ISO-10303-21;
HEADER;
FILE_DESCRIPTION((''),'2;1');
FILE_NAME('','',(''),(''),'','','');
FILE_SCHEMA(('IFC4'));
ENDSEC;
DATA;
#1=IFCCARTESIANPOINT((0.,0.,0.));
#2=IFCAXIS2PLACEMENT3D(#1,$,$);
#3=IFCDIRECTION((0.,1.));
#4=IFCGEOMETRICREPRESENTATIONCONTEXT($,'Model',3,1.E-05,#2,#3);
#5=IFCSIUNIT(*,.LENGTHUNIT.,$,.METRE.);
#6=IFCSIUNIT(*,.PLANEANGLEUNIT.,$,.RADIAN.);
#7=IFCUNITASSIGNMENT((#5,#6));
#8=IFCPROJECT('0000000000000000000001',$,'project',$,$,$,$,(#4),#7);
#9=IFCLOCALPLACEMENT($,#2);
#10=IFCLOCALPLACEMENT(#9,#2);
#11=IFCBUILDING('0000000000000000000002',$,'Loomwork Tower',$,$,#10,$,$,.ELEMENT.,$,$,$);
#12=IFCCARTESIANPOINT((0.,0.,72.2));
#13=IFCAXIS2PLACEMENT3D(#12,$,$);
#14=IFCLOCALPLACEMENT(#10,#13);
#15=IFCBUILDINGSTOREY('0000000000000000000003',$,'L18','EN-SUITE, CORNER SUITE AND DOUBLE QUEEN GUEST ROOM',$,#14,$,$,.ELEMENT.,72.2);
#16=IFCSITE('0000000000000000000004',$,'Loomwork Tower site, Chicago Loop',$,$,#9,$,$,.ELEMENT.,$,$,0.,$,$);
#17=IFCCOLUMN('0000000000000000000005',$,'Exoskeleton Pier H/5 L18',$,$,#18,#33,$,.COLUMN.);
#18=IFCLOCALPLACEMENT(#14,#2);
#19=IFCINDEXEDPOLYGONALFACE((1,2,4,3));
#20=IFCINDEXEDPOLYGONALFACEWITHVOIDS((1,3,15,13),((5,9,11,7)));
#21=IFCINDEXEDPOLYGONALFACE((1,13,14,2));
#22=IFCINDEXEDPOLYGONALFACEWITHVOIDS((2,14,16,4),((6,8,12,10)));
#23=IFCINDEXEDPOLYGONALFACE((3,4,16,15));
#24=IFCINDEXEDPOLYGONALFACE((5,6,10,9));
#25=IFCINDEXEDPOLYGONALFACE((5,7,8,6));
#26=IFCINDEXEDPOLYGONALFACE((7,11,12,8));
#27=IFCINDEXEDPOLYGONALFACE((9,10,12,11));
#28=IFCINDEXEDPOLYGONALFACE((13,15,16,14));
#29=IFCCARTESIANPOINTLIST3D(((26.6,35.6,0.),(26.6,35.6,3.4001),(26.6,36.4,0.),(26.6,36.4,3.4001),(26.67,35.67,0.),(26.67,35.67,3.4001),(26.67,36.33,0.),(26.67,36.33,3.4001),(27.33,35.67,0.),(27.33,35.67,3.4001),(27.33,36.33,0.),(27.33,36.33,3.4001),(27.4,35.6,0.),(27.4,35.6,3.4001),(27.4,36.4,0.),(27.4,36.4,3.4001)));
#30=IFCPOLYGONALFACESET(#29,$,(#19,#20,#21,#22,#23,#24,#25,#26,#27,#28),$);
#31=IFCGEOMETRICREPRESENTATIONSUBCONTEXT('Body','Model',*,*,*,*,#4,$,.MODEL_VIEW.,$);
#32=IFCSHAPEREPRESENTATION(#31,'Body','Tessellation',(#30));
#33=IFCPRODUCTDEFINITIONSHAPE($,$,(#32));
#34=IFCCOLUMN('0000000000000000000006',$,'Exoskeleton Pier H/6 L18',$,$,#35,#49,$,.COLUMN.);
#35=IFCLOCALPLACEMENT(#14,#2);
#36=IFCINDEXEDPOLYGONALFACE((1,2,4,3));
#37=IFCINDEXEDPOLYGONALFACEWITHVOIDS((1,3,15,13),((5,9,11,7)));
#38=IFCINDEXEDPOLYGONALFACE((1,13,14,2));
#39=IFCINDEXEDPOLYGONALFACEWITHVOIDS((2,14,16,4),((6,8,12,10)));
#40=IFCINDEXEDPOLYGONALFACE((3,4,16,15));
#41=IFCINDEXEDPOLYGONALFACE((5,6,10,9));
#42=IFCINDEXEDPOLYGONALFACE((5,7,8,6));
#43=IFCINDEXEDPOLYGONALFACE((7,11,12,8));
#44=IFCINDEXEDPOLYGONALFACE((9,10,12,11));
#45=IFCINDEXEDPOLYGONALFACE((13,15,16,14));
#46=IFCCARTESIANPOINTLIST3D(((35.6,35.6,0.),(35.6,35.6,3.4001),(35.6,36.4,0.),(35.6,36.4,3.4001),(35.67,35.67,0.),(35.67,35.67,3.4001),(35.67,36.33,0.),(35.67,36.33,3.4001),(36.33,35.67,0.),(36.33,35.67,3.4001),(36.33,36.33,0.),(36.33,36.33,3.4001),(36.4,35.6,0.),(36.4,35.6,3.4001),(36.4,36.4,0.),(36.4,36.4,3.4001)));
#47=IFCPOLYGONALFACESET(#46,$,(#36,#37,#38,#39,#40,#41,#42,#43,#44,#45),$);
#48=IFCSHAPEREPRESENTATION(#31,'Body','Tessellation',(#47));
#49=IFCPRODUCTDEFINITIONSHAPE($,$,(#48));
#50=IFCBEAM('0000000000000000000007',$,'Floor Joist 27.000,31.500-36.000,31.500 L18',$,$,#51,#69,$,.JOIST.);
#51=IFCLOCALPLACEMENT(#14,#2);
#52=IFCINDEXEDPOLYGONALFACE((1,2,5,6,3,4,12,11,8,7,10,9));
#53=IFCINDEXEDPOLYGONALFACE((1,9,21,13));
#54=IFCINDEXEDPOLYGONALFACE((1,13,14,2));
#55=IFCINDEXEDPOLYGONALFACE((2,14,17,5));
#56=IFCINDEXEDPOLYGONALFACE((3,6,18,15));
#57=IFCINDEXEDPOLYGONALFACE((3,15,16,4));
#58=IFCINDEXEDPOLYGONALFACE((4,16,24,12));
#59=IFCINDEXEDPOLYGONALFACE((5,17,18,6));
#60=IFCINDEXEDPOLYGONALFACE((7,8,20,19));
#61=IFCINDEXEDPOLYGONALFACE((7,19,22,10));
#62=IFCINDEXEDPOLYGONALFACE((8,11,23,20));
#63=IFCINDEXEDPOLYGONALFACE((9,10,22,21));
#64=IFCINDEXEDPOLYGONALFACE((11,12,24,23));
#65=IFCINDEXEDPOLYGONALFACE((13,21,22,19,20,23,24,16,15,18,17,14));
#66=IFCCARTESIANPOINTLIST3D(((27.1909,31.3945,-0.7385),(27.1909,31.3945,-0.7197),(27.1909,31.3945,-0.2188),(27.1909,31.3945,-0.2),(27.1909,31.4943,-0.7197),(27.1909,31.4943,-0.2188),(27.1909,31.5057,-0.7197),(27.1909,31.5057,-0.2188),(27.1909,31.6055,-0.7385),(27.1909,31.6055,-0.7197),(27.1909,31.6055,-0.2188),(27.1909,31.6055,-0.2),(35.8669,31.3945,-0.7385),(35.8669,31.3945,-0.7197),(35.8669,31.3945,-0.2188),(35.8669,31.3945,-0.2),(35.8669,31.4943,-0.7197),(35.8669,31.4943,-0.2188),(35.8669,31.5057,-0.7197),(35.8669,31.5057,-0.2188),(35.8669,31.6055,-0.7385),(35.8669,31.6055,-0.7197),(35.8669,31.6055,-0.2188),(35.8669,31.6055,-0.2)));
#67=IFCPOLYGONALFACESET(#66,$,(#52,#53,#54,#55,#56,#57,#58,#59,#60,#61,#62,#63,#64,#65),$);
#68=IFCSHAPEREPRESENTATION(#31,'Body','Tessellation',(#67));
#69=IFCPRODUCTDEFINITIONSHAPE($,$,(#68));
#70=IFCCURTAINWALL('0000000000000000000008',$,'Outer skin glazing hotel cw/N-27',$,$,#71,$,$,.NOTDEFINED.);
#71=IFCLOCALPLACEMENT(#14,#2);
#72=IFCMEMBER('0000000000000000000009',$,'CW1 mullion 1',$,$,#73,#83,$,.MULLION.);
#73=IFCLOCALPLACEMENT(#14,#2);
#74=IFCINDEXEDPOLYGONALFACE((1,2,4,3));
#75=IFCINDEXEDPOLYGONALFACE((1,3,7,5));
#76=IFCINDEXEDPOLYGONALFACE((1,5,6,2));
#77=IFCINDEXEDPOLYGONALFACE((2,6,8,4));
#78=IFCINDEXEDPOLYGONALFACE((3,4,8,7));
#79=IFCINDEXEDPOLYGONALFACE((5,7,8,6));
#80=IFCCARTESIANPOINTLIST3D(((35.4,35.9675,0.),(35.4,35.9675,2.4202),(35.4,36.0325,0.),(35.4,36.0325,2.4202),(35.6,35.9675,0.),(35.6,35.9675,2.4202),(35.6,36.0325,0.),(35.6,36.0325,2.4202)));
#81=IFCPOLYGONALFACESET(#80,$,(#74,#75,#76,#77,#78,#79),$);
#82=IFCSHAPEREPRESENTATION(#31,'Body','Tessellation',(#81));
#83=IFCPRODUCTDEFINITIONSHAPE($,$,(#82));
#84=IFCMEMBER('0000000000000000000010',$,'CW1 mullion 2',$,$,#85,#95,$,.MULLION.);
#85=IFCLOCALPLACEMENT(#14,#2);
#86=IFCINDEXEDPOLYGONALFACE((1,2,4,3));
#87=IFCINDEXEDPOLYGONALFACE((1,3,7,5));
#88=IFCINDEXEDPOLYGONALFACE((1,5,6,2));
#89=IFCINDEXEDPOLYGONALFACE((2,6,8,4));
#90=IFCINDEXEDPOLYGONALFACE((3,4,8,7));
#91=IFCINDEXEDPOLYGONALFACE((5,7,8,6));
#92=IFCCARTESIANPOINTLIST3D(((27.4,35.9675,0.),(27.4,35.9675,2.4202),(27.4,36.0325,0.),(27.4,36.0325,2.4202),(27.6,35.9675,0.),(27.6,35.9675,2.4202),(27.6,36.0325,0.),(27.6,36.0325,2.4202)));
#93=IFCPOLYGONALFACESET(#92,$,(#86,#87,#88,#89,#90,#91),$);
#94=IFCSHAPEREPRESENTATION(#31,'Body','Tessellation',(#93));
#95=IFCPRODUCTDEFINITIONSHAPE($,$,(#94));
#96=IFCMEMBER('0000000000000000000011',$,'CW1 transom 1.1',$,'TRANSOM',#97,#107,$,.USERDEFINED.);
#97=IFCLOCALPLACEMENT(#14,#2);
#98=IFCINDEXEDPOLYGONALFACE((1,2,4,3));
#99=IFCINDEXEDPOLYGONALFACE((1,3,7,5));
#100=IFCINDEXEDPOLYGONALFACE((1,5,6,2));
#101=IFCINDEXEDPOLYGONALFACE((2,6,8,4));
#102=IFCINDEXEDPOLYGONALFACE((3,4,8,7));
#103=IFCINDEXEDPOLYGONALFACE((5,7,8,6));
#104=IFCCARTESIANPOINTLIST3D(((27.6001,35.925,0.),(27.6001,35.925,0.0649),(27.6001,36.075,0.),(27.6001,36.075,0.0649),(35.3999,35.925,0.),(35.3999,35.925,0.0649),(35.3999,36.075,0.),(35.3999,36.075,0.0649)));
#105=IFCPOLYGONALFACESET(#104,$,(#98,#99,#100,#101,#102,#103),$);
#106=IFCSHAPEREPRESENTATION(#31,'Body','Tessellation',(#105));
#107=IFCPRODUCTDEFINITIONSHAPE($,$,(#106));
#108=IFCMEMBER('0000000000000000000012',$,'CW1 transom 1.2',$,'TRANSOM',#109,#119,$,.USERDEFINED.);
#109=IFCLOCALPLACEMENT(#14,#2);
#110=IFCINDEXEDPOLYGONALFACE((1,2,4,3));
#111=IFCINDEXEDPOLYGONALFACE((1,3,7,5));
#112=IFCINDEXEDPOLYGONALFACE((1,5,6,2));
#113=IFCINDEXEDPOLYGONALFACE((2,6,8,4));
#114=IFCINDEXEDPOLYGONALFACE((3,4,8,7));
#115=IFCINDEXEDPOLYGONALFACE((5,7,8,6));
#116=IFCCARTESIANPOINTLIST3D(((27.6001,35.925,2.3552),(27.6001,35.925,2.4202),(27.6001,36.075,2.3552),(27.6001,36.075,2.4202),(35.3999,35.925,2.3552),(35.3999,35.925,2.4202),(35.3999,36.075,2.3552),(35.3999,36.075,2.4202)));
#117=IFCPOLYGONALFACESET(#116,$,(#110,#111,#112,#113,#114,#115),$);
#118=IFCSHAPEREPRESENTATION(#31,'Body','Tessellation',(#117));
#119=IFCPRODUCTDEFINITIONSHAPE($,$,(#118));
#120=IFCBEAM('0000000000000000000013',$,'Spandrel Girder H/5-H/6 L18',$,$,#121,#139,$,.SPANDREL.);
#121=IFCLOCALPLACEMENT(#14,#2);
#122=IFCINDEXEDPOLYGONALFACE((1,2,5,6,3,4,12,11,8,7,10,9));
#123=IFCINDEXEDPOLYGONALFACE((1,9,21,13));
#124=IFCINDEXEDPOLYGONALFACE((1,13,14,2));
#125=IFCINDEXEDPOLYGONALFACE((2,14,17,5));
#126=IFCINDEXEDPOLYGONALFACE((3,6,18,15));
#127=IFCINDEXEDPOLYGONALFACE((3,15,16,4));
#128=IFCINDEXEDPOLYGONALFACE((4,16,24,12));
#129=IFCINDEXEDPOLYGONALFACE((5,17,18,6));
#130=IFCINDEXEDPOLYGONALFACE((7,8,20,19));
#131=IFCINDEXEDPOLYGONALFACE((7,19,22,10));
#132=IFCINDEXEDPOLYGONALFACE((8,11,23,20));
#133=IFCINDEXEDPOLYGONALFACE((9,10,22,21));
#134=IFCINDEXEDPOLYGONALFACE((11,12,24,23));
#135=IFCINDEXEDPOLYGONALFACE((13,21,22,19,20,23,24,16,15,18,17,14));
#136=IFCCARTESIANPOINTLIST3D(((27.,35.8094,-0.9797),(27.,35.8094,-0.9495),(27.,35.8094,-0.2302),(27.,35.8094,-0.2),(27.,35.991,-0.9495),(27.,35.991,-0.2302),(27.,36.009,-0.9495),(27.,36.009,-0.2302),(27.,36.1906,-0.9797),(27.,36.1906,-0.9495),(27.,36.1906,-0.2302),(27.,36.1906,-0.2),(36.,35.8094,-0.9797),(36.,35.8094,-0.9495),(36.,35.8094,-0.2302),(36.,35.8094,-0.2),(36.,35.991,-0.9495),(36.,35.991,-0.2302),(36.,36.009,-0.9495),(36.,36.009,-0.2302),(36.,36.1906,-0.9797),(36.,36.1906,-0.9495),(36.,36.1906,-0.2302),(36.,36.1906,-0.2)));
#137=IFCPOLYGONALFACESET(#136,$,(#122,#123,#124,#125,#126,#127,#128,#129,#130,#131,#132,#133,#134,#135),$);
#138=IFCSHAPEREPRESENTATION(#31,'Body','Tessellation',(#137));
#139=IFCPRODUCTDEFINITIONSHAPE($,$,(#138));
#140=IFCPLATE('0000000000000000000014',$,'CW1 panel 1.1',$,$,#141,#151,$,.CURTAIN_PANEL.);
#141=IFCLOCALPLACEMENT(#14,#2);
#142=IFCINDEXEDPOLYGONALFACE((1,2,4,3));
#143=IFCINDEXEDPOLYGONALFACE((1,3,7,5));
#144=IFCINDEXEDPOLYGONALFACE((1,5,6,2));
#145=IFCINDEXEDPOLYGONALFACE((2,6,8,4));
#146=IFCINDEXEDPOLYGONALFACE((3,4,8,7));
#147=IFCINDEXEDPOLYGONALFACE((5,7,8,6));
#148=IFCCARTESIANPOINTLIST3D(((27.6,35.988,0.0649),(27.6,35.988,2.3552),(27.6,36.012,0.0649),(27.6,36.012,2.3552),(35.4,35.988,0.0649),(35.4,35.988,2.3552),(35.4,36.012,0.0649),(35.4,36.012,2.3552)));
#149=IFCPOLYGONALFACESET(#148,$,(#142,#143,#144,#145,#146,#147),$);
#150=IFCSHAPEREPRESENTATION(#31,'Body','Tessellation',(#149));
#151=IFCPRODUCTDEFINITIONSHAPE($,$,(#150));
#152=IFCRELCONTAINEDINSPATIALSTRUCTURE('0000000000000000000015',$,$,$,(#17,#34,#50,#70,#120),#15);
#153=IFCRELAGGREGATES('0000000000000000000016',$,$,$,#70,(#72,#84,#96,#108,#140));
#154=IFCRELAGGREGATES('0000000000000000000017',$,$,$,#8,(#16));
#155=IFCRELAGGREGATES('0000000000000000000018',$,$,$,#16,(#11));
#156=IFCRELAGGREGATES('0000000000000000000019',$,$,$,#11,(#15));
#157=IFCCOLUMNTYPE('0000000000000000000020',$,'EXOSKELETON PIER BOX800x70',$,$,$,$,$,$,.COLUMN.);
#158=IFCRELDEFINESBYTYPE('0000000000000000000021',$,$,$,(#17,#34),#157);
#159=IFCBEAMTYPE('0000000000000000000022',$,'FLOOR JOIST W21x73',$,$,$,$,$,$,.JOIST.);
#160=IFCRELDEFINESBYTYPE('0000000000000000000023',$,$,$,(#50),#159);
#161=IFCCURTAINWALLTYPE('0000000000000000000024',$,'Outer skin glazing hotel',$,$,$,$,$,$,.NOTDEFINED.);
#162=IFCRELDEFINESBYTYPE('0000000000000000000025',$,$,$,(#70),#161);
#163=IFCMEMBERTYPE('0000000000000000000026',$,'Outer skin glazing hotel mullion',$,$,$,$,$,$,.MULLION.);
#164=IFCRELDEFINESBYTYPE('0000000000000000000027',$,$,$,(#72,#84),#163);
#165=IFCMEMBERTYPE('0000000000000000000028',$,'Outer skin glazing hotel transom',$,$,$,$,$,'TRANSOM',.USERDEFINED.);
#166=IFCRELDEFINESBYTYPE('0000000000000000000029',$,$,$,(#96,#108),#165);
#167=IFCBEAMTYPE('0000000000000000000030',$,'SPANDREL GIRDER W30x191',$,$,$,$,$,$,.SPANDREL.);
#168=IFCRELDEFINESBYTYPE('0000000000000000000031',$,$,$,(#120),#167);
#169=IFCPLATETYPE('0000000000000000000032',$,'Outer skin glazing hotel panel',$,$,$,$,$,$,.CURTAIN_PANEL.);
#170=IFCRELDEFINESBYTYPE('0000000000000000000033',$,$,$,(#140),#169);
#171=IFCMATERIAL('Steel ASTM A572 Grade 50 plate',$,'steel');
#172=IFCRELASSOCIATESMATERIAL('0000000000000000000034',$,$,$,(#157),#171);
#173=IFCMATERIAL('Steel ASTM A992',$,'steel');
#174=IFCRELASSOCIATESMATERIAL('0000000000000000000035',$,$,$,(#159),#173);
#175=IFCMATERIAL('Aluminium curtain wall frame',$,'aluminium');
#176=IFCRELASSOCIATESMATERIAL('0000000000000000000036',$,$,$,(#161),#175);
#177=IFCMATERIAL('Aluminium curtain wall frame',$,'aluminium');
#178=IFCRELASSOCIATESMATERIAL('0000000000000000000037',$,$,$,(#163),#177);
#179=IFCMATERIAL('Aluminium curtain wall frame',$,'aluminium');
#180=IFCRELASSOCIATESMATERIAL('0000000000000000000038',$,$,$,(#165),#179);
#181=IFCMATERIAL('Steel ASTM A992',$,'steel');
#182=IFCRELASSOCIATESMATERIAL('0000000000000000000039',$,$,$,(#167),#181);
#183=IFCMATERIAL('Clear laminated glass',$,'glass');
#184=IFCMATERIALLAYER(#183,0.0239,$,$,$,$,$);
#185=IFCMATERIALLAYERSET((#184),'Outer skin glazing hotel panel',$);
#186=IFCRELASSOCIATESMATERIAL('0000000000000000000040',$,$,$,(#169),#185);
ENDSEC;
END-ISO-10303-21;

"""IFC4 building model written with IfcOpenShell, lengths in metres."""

from ifc_helpers import new_model, si_unit, direction, frame, origin, origin_2d, place, context, subcontext, project, spatial, rectangle, hollow_rectangle, i_section, extrude, material, layer, layer_set, material_profile, profile_set, type_object, element, aggregate, save


model = new_model("IFC4")

# Units and contexts
model_context = context("Model", 3, precision=1e-05, world=origin(), true_north=direction((0.0, 1.0)))
body_context = subcontext(model_context, "Body", "Model", "MODEL_VIEW")
ifc_project = project(units=[si_unit("LENGTHUNIT", "METRE"), si_unit("PLANEANGLEUNIT", "RADIAN")], contexts=[model_context])

# Site, building, storey
site_placement = place(None, origin())
site = spatial("IfcSite", under=ifc_project, at=site_placement, Name="Loomwork Tower site, Chicago Loop", CompositionType="ELEMENT", RefElevation=0.0)
building_placement = place(site_placement, origin())
building = spatial("IfcBuilding", under=site, at=building_placement, Name="Loomwork Tower", CompositionType="ELEMENT")
storey_placement = place(building_placement, frame((0.0, 0.0, 72.2)))
storey = spatial("IfcBuildingStorey", under=building, at=storey_placement, Name="L18", Description="EN-SUITE, CORNER SUITE AND DOUBLE QUEEN GUEST ROOM", CompositionType="ELEMENT", Elevation=72.2)

# Columns
ifc_material_1 = material(Name="Steel ASTM A572 Grade 50 plate", Category="steel")
ifc_material_profile_1 = material_profile(ifc_material_1, hollow_rectangle(XDim=0.8, YDim=0.8, WallThickness=0.0701, at=origin_2d()), Name="BOX800x70")
ifc_profile_set_1 = profile_set([ifc_material_profile_1], Name="Steel ASTM A572 Grade 50 plate")
column_type = type_object("IfcColumnType", Name="EXOSKELETON PIER BOX800x70", PredefinedType="COLUMN", material=ifc_profile_set_1)
for number, where, z_axis, x_axis, name in (
    (1, (27.0, 36.0, 0.0), (0.0, 0.0, 1.0), (1.0, 0.0, 0.0), "Exoskeleton Pier H/5 L18"),
    (2, (36.0, 36.0, 0.0), (0.0, 0.0, 1.0), (1.0, 0.0, 0.0), "Exoskeleton Pier H/6 L18"),
):
    element("IfcColumn", number, at=place(storey_placement, frame(where, z_axis=z_axis, x_axis=x_axis)), inside=storey, type_object=column_type, Name=name, PredefinedType="COLUMN", context=body_context, shape_type="SweptSolid", body=[
        extrude(hollow_rectangle(XDim=0.8, YDim=0.8, WallThickness=0.0701, at=origin_2d()), origin(), (0.0, 0.0, 1.0), 3.4001),
    ])

# Beam
ifc_material_2 = material(Name="Steel ASTM A992", Category="steel")
ifc_material_profile_2 = material_profile(ifc_material_2, i_section(OverallWidth=0.2109, OverallDepth=0.5386, WebThickness=0.0115, FlangeThickness=0.0188, at=origin_2d()), Name="W21x73")
ifc_profile_set_2 = profile_set([ifc_material_profile_2], Name="Steel ASTM A992")
beam_type_1 = type_object("IfcBeamType", Name="FLOOR JOIST W21x73", PredefinedType="JOIST", material=ifc_profile_set_2)
beam_1_placement = place(storey_placement, frame((27.1909, 31.5, -0.4692), z_axis=(1.0, 0.0, 0.0), x_axis=(0.0, 1.0, 0.0)))
element("IfcBeam", 3, at=beam_1_placement, inside=storey, type_object=beam_type_1, Name="Floor Joist 27.000,31.500-36.000,31.500 L18", PredefinedType="JOIST", context=body_context, shape_type="SweptSolid", body=[
    extrude(i_section(OverallWidth=0.2109, OverallDepth=0.5386, WebThickness=0.0115, FlangeThickness=0.0188, at=origin_2d()), origin(), (0.0, 0.0, 1.0), 8.676),
])

# Curtain wall, members
ifc_material_3 = material(Name="Aluminium curtain wall frame", Category="aluminium")
curtain_wall_type = type_object("IfcCurtainWallType", Name="Outer skin glazing hotel", PredefinedType="NOTDEFINED", material=ifc_material_3)
curtain_wall_placement = place(storey_placement, origin())
curtain_wall = element("IfcCurtainWall", 4, at=curtain_wall_placement, inside=storey, type_object=curtain_wall_type, Name="Outer skin glazing hotel cw/N-27", PredefinedType="NOTDEFINED")
ifc_material_4 = material(Name="Aluminium curtain wall frame", Category="aluminium")
ifc_material_profile_3 = material_profile(ifc_material_4, rectangle(XDim=0.0649, YDim=0.2, at=origin_2d()), Name="AL 65x200")
ifc_profile_set_3 = profile_set([ifc_material_profile_3], Name="Aluminium curtain wall frame")
member_type_1 = type_object("IfcMemberType", Name="Outer skin glazing hotel mullion", PredefinedType="MULLION", material=ifc_profile_set_3)
member_1_placement = place(storey_placement, frame((35.5, 36.0, 0.0), z_axis=(0.0, 0.0, 1.0), x_axis=(0.0, -1.0, 0.0)))
member_1 = element("IfcMember", 5, at=member_1_placement, type_object=member_type_1, Name="CW1 mullion 1", PredefinedType="MULLION", context=body_context, shape_type="SweptSolid", body=[
    extrude(rectangle(XDim=0.0649, YDim=0.2, at=origin_2d()), origin(), (0.0, 0.0, 1.0), 2.4202),
])
member_2_placement = place(storey_placement, frame((27.5, 36.0, 0.0), z_axis=(0.0, 0.0, 1.0), x_axis=(0.0, -1.0, 0.0)))
member_2 = element("IfcMember", 6, at=member_2_placement, type_object=member_type_1, Name="CW1 mullion 2", PredefinedType="MULLION", context=body_context, shape_type="SweptSolid", body=[
    extrude(rectangle(XDim=0.0649, YDim=0.2, at=origin_2d()), origin(), (0.0, 0.0, 1.0), 2.4202),
])
ifc_material_5 = material(Name="Aluminium curtain wall frame", Category="aluminium")
ifc_material_profile_4 = material_profile(ifc_material_5, rectangle(XDim=0.1499, YDim=0.0649, at=origin_2d()), Name="AL 65x150")
ifc_profile_set_4 = profile_set([ifc_material_profile_4], Name="Aluminium curtain wall frame")
member_type_2 = type_object("IfcMemberType", Name="Outer skin glazing hotel transom", ElementType="TRANSOM", PredefinedType="USERDEFINED", material=ifc_profile_set_4)
member_3_placement = place(storey_placement, frame((35.3999, 36.0, 0.0325), z_axis=(-1.0, 0.0, 0.0), x_axis=(0.0, -1.0, 0.0)))
member_3 = element("IfcMember", 7, at=member_3_placement, type_object=member_type_2, Name="CW1 transom 1.1", ObjectType="TRANSOM", PredefinedType="USERDEFINED", context=body_context, shape_type="SweptSolid", body=[
    extrude(rectangle(XDim=0.1499, YDim=0.0649, at=origin_2d()), origin(), (0.0, 0.0, 1.0), 7.7998),
])
member_4_placement = place(storey_placement, frame((35.3999, 36.0, 2.3877), z_axis=(-1.0, 0.0, 0.0), x_axis=(0.0, -1.0, 0.0)))
member_4 = element("IfcMember", 8, at=member_4_placement, type_object=member_type_2, Name="CW1 transom 1.2", ObjectType="TRANSOM", PredefinedType="USERDEFINED", context=body_context, shape_type="SweptSolid", body=[
    extrude(rectangle(XDim=0.1499, YDim=0.0649, at=origin_2d()), origin(), (0.0, 0.0, 1.0), 7.7998),
])

# Beam
ifc_material_6 = material(Name="Steel ASTM A992", Category="steel")
ifc_material_profile_5 = material_profile(ifc_material_6, i_section(OverallWidth=0.3811, OverallDepth=0.7798, WebThickness=0.0181, FlangeThickness=0.0303, at=origin_2d()), Name="W30x191")
ifc_profile_set_5 = profile_set([ifc_material_profile_5], Name="Steel ASTM A992")
beam_type_2 = type_object("IfcBeamType", Name="SPANDREL GIRDER W30x191", PredefinedType="SPANDREL", material=ifc_profile_set_5)
beam_2_placement = place(storey_placement, frame((27.0, 36.0, -0.5898), z_axis=(1.0, 0.0, 0.0), x_axis=(0.0, 1.0, 0.0)))
element("IfcBeam", 9, at=beam_2_placement, inside=storey, type_object=beam_type_2, Name="Spandrel Girder H/5-H/6 L18", PredefinedType="SPANDREL", context=body_context, shape_type="SweptSolid", body=[
    extrude(i_section(OverallWidth=0.3811, OverallDepth=0.7798, WebThickness=0.0181, FlangeThickness=0.0303, at=origin_2d()), origin(), (0.0, 0.0, 1.0), 9.0),
])

# Plate
ifc_material_7 = material(Name="Clear laminated glass", Category="glass")
ifc_layer_1 = layer(ifc_material_7, 0.0239)
ifc_layer_set_1 = layer_set([ifc_layer_1], Name="Outer skin glazing hotel panel")
plate_type = type_object("IfcPlateType", Name="Outer skin glazing hotel panel", PredefinedType="CURTAIN_PANEL", material=ifc_layer_set_1)
plate_placement = place(storey_placement, frame((31.5, 36.0, 0.0649), z_axis=(0.0, 0.0, 1.0), x_axis=(-1.0, 0.0, 0.0)))
plate = element("IfcPlate", 10, at=plate_placement, type_object=plate_type, Name="CW1 panel 1.1", PredefinedType="CURTAIN_PANEL", context=body_context, shape_type="SweptSolid", body=[
    extrude(rectangle(XDim=7.8, YDim=0.0239, at=origin_2d()), origin(), (0.0, 0.0, 1.0), 2.2903),
])
aggregate(curtain_wall, [member_1, member_2, member_3, member_4, plate])

save(model, "model.ifc")
